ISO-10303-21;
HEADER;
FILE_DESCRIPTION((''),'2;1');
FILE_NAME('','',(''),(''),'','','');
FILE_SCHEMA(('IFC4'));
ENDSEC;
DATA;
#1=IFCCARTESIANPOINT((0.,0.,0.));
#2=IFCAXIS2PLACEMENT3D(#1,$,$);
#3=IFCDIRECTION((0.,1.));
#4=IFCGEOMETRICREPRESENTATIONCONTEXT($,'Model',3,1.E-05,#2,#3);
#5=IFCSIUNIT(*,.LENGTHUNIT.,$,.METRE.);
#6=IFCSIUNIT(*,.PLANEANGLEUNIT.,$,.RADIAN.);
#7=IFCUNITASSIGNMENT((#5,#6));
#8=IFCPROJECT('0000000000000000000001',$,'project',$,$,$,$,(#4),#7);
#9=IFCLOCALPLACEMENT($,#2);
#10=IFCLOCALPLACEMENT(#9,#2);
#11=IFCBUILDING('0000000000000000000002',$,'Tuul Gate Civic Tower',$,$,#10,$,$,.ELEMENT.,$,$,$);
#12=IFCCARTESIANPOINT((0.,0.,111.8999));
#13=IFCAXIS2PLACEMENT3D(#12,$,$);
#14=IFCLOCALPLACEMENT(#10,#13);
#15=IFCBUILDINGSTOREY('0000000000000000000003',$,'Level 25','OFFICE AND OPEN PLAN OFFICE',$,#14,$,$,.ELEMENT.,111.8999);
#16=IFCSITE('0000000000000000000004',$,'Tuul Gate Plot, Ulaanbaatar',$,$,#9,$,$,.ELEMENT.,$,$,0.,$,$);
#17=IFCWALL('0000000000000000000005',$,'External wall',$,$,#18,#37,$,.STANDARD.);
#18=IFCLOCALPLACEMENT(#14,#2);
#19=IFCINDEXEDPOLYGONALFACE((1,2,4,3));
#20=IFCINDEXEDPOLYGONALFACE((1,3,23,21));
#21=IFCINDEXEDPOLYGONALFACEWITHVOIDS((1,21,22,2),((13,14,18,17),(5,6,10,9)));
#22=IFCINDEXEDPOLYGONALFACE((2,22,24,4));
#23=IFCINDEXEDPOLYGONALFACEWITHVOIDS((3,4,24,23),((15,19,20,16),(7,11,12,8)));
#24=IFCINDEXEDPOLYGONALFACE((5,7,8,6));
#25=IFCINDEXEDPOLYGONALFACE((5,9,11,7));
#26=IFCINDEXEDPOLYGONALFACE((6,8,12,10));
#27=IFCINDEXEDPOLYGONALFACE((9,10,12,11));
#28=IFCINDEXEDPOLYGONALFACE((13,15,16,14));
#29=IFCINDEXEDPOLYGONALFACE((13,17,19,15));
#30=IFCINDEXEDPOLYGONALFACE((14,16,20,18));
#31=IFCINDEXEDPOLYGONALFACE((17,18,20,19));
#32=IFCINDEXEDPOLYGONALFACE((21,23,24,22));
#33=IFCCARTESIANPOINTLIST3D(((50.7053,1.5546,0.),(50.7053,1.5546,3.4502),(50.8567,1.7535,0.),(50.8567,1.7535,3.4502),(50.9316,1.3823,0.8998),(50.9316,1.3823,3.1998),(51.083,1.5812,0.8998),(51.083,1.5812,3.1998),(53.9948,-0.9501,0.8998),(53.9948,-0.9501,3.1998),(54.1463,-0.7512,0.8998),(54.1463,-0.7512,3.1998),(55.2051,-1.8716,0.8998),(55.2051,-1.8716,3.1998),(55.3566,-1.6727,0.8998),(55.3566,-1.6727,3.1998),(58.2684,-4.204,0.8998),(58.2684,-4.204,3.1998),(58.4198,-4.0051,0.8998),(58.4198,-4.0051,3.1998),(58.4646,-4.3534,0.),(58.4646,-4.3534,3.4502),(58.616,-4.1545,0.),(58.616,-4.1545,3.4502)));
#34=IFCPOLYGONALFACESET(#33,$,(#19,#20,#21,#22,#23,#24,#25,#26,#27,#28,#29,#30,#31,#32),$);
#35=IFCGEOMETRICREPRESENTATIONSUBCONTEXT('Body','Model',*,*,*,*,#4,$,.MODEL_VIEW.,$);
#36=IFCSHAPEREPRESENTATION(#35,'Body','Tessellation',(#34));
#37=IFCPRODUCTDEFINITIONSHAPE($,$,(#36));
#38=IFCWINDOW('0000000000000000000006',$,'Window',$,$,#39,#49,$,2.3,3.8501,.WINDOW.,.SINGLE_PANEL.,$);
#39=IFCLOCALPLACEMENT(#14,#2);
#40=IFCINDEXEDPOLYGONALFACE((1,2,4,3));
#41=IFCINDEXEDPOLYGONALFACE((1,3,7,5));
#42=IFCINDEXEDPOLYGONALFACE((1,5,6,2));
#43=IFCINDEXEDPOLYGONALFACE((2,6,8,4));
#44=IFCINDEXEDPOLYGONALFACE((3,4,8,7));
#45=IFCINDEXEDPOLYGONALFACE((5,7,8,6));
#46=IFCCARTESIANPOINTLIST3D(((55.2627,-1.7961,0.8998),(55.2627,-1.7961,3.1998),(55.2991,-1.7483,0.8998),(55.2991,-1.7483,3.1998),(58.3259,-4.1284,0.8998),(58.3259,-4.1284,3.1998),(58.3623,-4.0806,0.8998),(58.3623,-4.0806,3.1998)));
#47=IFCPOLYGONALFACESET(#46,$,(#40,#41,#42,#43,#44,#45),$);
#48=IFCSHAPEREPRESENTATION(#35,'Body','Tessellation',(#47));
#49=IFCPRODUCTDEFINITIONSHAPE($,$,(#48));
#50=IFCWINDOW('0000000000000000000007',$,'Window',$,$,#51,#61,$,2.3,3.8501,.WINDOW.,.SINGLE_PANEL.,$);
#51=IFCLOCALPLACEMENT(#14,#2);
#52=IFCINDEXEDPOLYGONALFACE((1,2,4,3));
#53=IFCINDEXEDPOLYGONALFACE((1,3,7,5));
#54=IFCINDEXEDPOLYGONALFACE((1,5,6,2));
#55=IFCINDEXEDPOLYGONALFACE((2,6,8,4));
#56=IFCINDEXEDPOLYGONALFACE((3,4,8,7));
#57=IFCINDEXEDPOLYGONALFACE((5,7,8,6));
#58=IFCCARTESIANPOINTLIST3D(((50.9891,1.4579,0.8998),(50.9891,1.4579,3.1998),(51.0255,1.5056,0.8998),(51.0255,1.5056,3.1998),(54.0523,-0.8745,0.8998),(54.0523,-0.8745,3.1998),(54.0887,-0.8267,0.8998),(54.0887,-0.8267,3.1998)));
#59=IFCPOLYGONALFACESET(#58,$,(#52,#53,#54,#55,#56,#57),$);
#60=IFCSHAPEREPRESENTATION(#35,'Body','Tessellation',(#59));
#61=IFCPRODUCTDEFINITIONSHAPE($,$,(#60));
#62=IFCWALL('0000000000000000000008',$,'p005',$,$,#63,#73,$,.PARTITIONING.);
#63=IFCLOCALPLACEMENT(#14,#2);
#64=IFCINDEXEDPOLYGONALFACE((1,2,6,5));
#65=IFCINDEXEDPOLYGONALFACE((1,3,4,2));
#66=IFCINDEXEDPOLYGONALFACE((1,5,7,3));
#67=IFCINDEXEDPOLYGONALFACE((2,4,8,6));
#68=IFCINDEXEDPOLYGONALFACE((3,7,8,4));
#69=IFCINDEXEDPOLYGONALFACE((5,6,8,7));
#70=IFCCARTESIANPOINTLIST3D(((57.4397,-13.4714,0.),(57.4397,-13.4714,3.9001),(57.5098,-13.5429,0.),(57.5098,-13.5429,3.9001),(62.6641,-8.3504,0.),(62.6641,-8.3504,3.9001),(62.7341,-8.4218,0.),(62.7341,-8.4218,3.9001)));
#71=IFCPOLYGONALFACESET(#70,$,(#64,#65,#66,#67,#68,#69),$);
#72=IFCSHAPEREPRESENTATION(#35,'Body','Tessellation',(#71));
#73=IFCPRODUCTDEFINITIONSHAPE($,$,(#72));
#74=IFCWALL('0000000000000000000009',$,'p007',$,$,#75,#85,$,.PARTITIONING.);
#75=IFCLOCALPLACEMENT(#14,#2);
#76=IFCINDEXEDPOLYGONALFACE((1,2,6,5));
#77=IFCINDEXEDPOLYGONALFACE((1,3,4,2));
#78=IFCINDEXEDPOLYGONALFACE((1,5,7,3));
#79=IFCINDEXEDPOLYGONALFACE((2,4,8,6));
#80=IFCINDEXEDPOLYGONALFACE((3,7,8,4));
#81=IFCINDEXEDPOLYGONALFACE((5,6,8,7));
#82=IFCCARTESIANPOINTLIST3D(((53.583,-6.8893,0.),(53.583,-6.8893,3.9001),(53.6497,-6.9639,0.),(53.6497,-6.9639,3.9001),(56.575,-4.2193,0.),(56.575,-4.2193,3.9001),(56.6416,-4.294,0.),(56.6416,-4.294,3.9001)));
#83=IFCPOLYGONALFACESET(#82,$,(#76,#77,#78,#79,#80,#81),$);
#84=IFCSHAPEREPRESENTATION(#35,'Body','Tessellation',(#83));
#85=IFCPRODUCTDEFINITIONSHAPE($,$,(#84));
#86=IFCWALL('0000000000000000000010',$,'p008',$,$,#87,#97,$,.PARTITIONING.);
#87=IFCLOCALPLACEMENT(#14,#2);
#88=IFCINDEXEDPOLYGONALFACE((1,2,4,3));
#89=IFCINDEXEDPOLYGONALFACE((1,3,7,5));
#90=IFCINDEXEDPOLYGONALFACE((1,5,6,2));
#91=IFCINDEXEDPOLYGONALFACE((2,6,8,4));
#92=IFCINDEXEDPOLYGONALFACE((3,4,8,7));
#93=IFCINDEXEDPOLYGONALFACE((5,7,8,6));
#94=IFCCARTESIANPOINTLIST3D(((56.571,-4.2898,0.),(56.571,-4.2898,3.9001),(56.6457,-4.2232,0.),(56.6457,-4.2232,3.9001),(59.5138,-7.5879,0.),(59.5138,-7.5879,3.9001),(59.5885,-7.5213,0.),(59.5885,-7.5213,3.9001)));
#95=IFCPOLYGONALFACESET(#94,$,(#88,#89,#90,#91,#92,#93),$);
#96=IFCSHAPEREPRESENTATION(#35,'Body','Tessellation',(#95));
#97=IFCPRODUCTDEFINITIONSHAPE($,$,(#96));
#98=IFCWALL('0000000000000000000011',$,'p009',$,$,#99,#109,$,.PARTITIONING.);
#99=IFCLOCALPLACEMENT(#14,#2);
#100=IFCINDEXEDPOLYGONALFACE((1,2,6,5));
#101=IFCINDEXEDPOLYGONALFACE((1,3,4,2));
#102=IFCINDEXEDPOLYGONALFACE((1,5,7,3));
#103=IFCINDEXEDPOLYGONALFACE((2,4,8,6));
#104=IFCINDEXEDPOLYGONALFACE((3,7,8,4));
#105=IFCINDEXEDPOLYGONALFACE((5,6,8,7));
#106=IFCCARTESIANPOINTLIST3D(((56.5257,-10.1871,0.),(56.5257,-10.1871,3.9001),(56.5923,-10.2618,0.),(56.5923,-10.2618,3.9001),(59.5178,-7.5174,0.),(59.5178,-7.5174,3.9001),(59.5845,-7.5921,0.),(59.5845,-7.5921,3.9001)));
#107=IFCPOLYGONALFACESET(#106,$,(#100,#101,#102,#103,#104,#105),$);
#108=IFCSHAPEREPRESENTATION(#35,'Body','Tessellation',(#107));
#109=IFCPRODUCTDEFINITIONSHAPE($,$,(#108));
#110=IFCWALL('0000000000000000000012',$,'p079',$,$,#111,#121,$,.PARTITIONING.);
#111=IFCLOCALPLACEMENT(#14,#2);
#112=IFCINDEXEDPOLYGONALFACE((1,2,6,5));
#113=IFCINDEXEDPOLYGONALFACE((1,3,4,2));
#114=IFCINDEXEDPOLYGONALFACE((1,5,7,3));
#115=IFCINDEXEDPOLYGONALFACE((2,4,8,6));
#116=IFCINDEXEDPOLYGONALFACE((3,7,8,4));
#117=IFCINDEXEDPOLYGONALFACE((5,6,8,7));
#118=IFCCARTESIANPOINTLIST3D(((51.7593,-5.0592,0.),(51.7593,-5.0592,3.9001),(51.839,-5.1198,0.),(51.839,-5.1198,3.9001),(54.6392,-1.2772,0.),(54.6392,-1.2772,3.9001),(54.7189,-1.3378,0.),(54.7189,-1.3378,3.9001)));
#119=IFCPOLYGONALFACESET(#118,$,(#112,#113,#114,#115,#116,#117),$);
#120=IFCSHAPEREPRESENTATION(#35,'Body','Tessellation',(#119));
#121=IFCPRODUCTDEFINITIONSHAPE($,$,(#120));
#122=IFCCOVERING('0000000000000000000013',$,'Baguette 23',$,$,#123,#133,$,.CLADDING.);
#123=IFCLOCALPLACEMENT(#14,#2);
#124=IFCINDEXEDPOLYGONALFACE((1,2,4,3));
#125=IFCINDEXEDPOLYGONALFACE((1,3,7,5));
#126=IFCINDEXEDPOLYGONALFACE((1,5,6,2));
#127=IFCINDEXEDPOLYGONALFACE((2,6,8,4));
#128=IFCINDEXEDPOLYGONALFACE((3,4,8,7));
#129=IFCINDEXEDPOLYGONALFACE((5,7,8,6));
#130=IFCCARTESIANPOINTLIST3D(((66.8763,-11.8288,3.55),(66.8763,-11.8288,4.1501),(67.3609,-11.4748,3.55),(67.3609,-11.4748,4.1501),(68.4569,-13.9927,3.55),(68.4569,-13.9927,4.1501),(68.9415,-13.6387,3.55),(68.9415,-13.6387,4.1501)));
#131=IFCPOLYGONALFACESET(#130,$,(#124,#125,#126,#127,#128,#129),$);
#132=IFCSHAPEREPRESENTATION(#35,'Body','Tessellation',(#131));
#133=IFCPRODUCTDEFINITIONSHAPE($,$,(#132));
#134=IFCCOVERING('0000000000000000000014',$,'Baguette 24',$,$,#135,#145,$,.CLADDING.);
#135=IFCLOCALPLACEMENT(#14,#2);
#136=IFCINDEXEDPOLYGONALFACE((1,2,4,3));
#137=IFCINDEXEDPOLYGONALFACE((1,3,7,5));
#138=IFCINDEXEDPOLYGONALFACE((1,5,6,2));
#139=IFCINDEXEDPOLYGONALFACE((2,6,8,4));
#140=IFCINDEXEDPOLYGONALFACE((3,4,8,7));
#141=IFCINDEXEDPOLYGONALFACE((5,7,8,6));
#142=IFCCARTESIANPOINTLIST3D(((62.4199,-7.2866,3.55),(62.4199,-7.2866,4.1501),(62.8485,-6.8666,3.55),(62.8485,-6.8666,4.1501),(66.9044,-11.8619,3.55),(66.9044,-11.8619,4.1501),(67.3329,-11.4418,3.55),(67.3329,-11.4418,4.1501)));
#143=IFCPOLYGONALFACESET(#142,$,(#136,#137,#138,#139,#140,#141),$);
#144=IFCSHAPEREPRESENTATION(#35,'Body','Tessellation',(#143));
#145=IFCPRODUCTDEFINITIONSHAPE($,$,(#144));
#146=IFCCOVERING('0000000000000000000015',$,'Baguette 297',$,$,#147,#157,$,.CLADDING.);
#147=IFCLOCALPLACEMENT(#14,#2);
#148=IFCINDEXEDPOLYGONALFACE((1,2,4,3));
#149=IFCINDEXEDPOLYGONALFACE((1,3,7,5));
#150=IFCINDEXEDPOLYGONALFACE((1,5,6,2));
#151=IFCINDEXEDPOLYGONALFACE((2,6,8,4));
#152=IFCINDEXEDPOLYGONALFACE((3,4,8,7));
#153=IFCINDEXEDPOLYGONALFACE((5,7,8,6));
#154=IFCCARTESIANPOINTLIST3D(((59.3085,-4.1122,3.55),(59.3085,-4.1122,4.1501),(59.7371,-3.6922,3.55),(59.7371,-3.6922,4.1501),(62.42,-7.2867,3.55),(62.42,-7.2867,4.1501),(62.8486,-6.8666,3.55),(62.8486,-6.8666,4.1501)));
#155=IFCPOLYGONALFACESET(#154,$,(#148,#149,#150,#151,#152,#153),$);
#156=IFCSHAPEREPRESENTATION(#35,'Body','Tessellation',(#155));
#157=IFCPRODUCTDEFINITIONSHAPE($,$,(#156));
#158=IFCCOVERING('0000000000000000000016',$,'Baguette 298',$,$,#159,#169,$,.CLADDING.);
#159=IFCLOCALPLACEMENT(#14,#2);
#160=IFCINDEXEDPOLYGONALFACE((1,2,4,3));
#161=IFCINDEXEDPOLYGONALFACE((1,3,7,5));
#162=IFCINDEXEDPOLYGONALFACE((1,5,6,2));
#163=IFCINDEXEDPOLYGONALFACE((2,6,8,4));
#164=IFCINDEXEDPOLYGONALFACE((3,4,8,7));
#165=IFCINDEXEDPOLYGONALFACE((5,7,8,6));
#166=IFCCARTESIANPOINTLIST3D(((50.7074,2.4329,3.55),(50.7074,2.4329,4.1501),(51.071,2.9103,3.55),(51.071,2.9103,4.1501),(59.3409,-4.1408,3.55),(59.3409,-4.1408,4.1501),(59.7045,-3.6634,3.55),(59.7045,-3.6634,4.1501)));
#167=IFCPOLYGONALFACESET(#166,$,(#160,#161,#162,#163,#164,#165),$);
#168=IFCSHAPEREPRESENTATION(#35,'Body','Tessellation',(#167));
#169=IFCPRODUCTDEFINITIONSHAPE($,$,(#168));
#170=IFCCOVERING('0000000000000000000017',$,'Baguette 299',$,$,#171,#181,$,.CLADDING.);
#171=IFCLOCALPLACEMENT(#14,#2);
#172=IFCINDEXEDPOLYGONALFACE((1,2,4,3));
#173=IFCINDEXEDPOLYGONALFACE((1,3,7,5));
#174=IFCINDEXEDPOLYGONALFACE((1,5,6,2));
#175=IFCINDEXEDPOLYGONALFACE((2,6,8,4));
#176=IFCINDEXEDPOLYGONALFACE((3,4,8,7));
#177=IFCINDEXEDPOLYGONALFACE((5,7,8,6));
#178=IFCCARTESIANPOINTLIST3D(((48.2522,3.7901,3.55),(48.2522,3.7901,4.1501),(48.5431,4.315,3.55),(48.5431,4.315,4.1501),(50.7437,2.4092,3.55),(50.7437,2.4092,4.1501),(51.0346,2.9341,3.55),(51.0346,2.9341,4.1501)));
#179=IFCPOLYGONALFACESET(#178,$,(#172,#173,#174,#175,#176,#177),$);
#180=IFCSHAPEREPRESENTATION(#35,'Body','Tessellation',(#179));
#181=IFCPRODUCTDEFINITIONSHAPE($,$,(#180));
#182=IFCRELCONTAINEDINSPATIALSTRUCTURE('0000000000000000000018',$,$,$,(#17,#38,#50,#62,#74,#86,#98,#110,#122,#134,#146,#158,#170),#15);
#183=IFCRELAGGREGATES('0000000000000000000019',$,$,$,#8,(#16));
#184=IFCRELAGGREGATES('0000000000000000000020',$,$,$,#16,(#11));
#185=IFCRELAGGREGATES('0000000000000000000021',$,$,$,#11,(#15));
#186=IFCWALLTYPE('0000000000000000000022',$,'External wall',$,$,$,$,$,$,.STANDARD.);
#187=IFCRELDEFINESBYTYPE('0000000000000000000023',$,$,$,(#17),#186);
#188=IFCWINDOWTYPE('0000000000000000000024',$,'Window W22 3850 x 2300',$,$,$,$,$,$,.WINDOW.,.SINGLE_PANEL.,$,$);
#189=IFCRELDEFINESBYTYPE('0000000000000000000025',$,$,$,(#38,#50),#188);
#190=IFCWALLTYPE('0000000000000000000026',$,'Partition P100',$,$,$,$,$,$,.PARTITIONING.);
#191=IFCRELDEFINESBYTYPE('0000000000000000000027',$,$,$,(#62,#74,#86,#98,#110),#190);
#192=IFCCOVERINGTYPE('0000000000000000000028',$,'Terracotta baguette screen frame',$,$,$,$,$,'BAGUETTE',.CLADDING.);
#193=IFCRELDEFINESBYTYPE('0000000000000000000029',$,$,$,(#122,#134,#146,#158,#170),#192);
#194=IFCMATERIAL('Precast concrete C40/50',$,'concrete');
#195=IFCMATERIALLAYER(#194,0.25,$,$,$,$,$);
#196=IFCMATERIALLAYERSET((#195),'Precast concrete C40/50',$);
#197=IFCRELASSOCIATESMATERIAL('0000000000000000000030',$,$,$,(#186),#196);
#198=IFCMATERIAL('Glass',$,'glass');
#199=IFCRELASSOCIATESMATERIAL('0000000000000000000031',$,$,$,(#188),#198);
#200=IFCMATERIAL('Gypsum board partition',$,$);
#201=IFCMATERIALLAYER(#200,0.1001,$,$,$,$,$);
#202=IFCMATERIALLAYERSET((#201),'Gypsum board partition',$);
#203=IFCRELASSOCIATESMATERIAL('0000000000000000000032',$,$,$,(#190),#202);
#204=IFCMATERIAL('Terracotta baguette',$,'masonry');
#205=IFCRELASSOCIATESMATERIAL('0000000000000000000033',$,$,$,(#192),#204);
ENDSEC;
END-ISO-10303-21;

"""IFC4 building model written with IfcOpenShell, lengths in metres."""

from ifc_helpers import new_model, si_unit, direction, frame, frame_2d, origin, origin_2d, place, context, subcontext, project, spatial, rectangle, extrude, material, layer, layer_set, material_profile, profile_set, type_object, element, fill, save


model = new_model("IFC4")

# Units and contexts
model_context = context("Model", 3, precision=1e-05, world=origin(), true_north=direction((0.0, 1.0)))
body_context = subcontext(model_context, "Body", "Model", "MODEL_VIEW")
ifc_project = project(units=[si_unit("LENGTHUNIT", "METRE"), si_unit("PLANEANGLEUNIT", "RADIAN")], contexts=[model_context])

# Site, building, storey
site_placement = place(None, origin())
site = spatial("IfcSite", under=ifc_project, at=site_placement, Name="Tuul Gate Plot, Ulaanbaatar", CompositionType="ELEMENT", RefElevation=0.0)
building_placement = place(site_placement, origin())
building = spatial("IfcBuilding", under=site, at=building_placement, Name="Tuul Gate Civic Tower", CompositionType="ELEMENT")
storey_placement = place(building_placement, frame((0.0, 0.0, 111.8999)))
storey = spatial("IfcBuildingStorey", under=building, at=storey_placement, Name="Level 25", Description="OFFICE AND OPEN PLAN OFFICE", CompositionType="ELEMENT", Elevation=111.8999)

# Wall, openings, windows
ifc_material_1 = material(Name="Precast concrete C40/50", Category="concrete")
ifc_layer_1 = layer(ifc_material_1, 0.25)
ifc_layer_set_1 = layer_set([ifc_layer_1], Name="Precast concrete C40/50")
wall_type_1 = type_object("IfcWallType", Name="External wall", PredefinedType="STANDARD", material=ifc_layer_set_1)
ifc_material_2 = material(Name="Glass", Category="glass")
window_type = type_object("IfcWindowType", Name="Window W22 3850 x 2300", PartitioningType="SINGLE_PANEL", PredefinedType="WINDOW", material=ifc_material_2)
wall_1_placement = place(storey_placement, frame((58.5403, -4.2539, 0.0), z_axis=(0.0, 0.0, 1.0), x_axis=(-0.795623, 0.605792, 0.0)))
wall_1 = element("IfcWall", 1, at=wall_1_placement, inside=storey, type_object=wall_type_1, Name="External wall", PredefinedType="STANDARD", context=body_context, shape_type="SweptSolid", body=[
    extrude(rectangle(XDim=9.7524, YDim=0.25, at=frame_2d((4.8762, 0.0))), origin(), (0.0, 0.0, 1.0), 3.4502),
])
opening_1_placement = place(wall_1_placement, frame((0.2466, 0.0, 0.8999)))
opening_1 = element("IfcOpeningElement", 2, at=opening_1_placement, cuts=wall_1, PredefinedType="OPENING", context=body_context, shape_type="SweptSolid", body=[
    extrude(rectangle(XDim=3.8501, YDim=2.3, at=frame_2d((1.925, 1.1499))), frame((0.0, 0.135, 0.0), z_axis=(0.0, -1.0, 0.0), x_axis=(1.0, 0.0, 0.0)), (0.0, 0.0, 1.0), 0.27),
])
opening_2_placement = place(wall_1_placement, frame((5.6179, 0.0, 0.8999)))
opening_2 = element("IfcOpeningElement", 3, at=opening_2_placement, cuts=wall_1, PredefinedType="OPENING", context=body_context, shape_type="SweptSolid", body=[
    extrude(rectangle(XDim=3.8501, YDim=2.3, at=frame_2d((1.925, 1.1499))), frame((0.0, 0.135, 0.0), z_axis=(0.0, -1.0, 0.0), x_axis=(1.0, 0.0, 0.0)), (0.0, 0.0, 1.0), 0.27),
])
window_1_placement = place(opening_1_placement, origin())
window_1 = element("IfcWindow", 4, at=window_1_placement, inside=storey, type_object=window_type, Name="Window", OverallHeight=2.3, OverallWidth=3.8501, PartitioningType="SINGLE_PANEL", PredefinedType="WINDOW", context=body_context, shape_type="SweptSolid", body=[
    extrude(rectangle(XDim=3.8501, YDim=2.3, at=frame_2d((1.925, 1.1499))), frame((0.0, 0.03, 0.0), z_axis=(0.0, -1.0, 0.0), x_axis=(1.0, 0.0, 0.0)), (0.0, 0.0, 1.0), 0.0601),
])
fill(opening_1, window_1)
window_2_placement = place(opening_2_placement, origin())
window_2 = element("IfcWindow", 5, at=window_2_placement, inside=storey, type_object=window_type, Name="Window", OverallHeight=2.3, OverallWidth=3.8501, PartitioningType="SINGLE_PANEL", PredefinedType="WINDOW", context=body_context, shape_type="SweptSolid", body=[
    extrude(rectangle(XDim=3.8501, YDim=2.3, at=frame_2d((1.925, 1.1499))), frame((0.0, 0.03, 0.0), z_axis=(0.0, -1.0, 0.0), x_axis=(1.0, 0.0, 0.0)), (0.0, 0.0, 1.0), 0.0601),
])
fill(opening_2, window_2)

# Walls
ifc_material_3 = material(Name="Gypsum board partition")
ifc_layer_2 = layer(ifc_material_3, 0.1001)
ifc_layer_set_2 = layer_set([ifc_layer_2], Name="Gypsum board partition")
wall_type_2 = type_object("IfcWallType", Name="Partition P100", PredefinedType="PARTITIONING", material=ifc_layer_set_2)
wall_2_placement = place(storey_placement, frame((57.4749, -13.5071, 0.0), z_axis=(0.0, 0.0, 1.0), x_axis=(0.71413, 0.700013, 0.0)))
element("IfcWall", 6, at=wall_2_placement, inside=storey, type_object=wall_type_2, Name="p005", PredefinedType="PARTITIONING", context=body_context, shape_type="SweptSolid", body=[
    extrude(rectangle(XDim=7.3157, YDim=0.1001, at=frame_2d((3.6577, 0.0))), origin(), (0.0, 0.0, 1.0), 3.9001),
])
wall_3_placement = place(storey_placement, frame((53.6165, -6.9265, 0.0), z_axis=(0.0, 0.0, 1.0), x_axis=(0.746118, 0.665814, 0.0)))
element("IfcWall", 7, at=wall_3_placement, inside=storey, type_object=wall_type_2, Name="p007", PredefinedType="PARTITIONING", context=body_context, shape_type="SweptSolid", body=[
    extrude(rectangle(XDim=4.01, YDim=0.1001, at=frame_2d((2.0049, 0.0))), origin(), (0.0, 0.0, 1.0), 3.9001),
])
wall_4_placement = place(storey_placement, frame((56.6084, -4.2566, 0.0), z_axis=(0.0, 0.0, 1.0), x_axis=(0.665782, -0.746146, 0.0)))
element("IfcWall", 8, at=wall_4_placement, inside=storey, type_object=wall_type_2, Name="p008", PredefinedType="PARTITIONING", context=body_context, shape_type="SweptSolid", body=[
    extrude(rectangle(XDim=4.4202, YDim=0.1001, at=frame_2d((2.21, 0.0))), origin(), (0.0, 0.0, 1.0), 3.9001),
])
wall_5_placement = place(storey_placement, frame((56.5591, -10.2244, 0.0), z_axis=(0.0, 0.0, 1.0), x_axis=(0.746175, 0.66575, 0.0)))
element("IfcWall", 9, at=wall_5_placement, inside=storey, type_object=wall_type_2, Name="p009", PredefinedType="PARTITIONING", context=body_context, shape_type="SweptSolid", body=[
    extrude(rectangle(XDim=4.01, YDim=0.1001, at=frame_2d((2.0049, 0.0))), origin(), (0.0, 0.0, 1.0), 3.9001),
])
wall_6_placement = place(storey_placement, frame((51.7991, -5.0896, 0.0), z_axis=(0.0, 0.0, 1.0), x_axis=(0.605827, 0.795597, 0.0)))
element("IfcWall", 10, at=wall_6_placement, inside=storey, type_object=wall_type_2, Name="p079", PredefinedType="PARTITIONING", context=body_context, shape_type="SweptSolid", body=[
    extrude(rectangle(XDim=4.7537, YDim=0.1001, at=frame_2d((2.377, 0.0))), origin(), (0.0, 0.0, 1.0), 3.9001),
])

# Coverings
ifc_material_4 = material(Name="Terracotta baguette", Category="masonry")
ifc_material_profile_1 = material_profile(ifc_material_4, rectangle(XDim=0.6001, YDim=0.6001, at=origin_2d()), Name="Terracotta baguette screen frame")
ifc_profile_set_1 = profile_set([ifc_material_profile_1], Name="Terracotta baguette")
covering_type = type_object("IfcCoveringType", Name="Terracotta baguette screen frame", ElementType="BAGUETTE", PredefinedType="CLADDING", material=ifc_profile_set_1)
covering_1_placement = place(storey_placement, frame((68.6992, -13.8157, 3.8501), z_axis=(-0.58985, 0.807513, 0.0), x_axis=(-0.807513, -0.58985, 0.0)))
element("IfcCovering", 11, at=covering_1_placement, inside=storey, type_object=covering_type, Name="Baguette 23", PredefinedType="CLADDING", context=body_context, shape_type="SweptSolid", body=[
    extrude(rectangle(XDim=0.6001, YDim=0.6001, at=origin_2d()), origin(), (0.0, 0.0, 1.0), 2.6797),
])
covering_2_placement = place(storey_placement, frame((67.1187, -11.6519, 3.8501), z_axis=(-0.699983, 0.714159, 0.0), x_axis=(-0.714159, -0.699983, 0.0)))
element("IfcCovering", 12, at=covering_2_placement, inside=storey, type_object=covering_type, Name="Baguette 24", PredefinedType="CLADDING", context=body_context, shape_type="SweptSolid", body=[
    extrude(rectangle(XDim=0.6001, YDim=0.6001, at=origin_2d()), origin(), (0.0, 0.0, 1.0), 6.4065),
])
covering_3_placement = place(storey_placement, frame((62.6343, -7.0767, 3.8501), z_axis=(-0.699986, 0.714156, 0.0), x_axis=(-0.714156, -0.699986, 0.0)))
element("IfcCovering", 13, at=covering_3_placement, inside=storey, type_object=covering_type, Name="Baguette 297", PredefinedType="CLADDING", context=body_context, shape_type="SweptSolid", body=[
    extrude(rectangle(XDim=0.6001, YDim=0.6001, at=origin_2d()), origin(), (0.0, 0.0, 1.0), 4.4451),
])
covering_4_placement = place(storey_placement, frame((59.5227, -3.9021, 3.8501), z_axis=(-0.795619, 0.605798, 0.0), x_axis=(-0.605798, -0.795619, 0.0)))
element("IfcCovering", 14, at=covering_4_placement, inside=storey, type_object=covering_type, Name="Baguette 298", PredefinedType="CLADDING", context=body_context, shape_type="SweptSolid", body=[
    extrude(rectangle(XDim=0.6001, YDim=0.6001, at=origin_2d()), origin(), (0.0, 0.0, 1.0), 10.8513),
])
covering_5_placement = place(storey_placement, frame((50.8892, 2.6716, 3.8501), z_axis=(-0.874646, 0.484762, 0.0), x_axis=(-0.484762, -0.874646, 0.0)))
element("IfcCovering", 15, at=covering_5_placement, inside=storey, type_object=covering_type, Name="Baguette 299", PredefinedType="CLADDING", context=body_context, shape_type="SweptSolid", body=[
    extrude(rectangle(XDim=0.6001, YDim=0.6001, at=origin_2d()), origin(), (0.0, 0.0, 1.0), 2.8486),
])

save(model, "model.ifc")
